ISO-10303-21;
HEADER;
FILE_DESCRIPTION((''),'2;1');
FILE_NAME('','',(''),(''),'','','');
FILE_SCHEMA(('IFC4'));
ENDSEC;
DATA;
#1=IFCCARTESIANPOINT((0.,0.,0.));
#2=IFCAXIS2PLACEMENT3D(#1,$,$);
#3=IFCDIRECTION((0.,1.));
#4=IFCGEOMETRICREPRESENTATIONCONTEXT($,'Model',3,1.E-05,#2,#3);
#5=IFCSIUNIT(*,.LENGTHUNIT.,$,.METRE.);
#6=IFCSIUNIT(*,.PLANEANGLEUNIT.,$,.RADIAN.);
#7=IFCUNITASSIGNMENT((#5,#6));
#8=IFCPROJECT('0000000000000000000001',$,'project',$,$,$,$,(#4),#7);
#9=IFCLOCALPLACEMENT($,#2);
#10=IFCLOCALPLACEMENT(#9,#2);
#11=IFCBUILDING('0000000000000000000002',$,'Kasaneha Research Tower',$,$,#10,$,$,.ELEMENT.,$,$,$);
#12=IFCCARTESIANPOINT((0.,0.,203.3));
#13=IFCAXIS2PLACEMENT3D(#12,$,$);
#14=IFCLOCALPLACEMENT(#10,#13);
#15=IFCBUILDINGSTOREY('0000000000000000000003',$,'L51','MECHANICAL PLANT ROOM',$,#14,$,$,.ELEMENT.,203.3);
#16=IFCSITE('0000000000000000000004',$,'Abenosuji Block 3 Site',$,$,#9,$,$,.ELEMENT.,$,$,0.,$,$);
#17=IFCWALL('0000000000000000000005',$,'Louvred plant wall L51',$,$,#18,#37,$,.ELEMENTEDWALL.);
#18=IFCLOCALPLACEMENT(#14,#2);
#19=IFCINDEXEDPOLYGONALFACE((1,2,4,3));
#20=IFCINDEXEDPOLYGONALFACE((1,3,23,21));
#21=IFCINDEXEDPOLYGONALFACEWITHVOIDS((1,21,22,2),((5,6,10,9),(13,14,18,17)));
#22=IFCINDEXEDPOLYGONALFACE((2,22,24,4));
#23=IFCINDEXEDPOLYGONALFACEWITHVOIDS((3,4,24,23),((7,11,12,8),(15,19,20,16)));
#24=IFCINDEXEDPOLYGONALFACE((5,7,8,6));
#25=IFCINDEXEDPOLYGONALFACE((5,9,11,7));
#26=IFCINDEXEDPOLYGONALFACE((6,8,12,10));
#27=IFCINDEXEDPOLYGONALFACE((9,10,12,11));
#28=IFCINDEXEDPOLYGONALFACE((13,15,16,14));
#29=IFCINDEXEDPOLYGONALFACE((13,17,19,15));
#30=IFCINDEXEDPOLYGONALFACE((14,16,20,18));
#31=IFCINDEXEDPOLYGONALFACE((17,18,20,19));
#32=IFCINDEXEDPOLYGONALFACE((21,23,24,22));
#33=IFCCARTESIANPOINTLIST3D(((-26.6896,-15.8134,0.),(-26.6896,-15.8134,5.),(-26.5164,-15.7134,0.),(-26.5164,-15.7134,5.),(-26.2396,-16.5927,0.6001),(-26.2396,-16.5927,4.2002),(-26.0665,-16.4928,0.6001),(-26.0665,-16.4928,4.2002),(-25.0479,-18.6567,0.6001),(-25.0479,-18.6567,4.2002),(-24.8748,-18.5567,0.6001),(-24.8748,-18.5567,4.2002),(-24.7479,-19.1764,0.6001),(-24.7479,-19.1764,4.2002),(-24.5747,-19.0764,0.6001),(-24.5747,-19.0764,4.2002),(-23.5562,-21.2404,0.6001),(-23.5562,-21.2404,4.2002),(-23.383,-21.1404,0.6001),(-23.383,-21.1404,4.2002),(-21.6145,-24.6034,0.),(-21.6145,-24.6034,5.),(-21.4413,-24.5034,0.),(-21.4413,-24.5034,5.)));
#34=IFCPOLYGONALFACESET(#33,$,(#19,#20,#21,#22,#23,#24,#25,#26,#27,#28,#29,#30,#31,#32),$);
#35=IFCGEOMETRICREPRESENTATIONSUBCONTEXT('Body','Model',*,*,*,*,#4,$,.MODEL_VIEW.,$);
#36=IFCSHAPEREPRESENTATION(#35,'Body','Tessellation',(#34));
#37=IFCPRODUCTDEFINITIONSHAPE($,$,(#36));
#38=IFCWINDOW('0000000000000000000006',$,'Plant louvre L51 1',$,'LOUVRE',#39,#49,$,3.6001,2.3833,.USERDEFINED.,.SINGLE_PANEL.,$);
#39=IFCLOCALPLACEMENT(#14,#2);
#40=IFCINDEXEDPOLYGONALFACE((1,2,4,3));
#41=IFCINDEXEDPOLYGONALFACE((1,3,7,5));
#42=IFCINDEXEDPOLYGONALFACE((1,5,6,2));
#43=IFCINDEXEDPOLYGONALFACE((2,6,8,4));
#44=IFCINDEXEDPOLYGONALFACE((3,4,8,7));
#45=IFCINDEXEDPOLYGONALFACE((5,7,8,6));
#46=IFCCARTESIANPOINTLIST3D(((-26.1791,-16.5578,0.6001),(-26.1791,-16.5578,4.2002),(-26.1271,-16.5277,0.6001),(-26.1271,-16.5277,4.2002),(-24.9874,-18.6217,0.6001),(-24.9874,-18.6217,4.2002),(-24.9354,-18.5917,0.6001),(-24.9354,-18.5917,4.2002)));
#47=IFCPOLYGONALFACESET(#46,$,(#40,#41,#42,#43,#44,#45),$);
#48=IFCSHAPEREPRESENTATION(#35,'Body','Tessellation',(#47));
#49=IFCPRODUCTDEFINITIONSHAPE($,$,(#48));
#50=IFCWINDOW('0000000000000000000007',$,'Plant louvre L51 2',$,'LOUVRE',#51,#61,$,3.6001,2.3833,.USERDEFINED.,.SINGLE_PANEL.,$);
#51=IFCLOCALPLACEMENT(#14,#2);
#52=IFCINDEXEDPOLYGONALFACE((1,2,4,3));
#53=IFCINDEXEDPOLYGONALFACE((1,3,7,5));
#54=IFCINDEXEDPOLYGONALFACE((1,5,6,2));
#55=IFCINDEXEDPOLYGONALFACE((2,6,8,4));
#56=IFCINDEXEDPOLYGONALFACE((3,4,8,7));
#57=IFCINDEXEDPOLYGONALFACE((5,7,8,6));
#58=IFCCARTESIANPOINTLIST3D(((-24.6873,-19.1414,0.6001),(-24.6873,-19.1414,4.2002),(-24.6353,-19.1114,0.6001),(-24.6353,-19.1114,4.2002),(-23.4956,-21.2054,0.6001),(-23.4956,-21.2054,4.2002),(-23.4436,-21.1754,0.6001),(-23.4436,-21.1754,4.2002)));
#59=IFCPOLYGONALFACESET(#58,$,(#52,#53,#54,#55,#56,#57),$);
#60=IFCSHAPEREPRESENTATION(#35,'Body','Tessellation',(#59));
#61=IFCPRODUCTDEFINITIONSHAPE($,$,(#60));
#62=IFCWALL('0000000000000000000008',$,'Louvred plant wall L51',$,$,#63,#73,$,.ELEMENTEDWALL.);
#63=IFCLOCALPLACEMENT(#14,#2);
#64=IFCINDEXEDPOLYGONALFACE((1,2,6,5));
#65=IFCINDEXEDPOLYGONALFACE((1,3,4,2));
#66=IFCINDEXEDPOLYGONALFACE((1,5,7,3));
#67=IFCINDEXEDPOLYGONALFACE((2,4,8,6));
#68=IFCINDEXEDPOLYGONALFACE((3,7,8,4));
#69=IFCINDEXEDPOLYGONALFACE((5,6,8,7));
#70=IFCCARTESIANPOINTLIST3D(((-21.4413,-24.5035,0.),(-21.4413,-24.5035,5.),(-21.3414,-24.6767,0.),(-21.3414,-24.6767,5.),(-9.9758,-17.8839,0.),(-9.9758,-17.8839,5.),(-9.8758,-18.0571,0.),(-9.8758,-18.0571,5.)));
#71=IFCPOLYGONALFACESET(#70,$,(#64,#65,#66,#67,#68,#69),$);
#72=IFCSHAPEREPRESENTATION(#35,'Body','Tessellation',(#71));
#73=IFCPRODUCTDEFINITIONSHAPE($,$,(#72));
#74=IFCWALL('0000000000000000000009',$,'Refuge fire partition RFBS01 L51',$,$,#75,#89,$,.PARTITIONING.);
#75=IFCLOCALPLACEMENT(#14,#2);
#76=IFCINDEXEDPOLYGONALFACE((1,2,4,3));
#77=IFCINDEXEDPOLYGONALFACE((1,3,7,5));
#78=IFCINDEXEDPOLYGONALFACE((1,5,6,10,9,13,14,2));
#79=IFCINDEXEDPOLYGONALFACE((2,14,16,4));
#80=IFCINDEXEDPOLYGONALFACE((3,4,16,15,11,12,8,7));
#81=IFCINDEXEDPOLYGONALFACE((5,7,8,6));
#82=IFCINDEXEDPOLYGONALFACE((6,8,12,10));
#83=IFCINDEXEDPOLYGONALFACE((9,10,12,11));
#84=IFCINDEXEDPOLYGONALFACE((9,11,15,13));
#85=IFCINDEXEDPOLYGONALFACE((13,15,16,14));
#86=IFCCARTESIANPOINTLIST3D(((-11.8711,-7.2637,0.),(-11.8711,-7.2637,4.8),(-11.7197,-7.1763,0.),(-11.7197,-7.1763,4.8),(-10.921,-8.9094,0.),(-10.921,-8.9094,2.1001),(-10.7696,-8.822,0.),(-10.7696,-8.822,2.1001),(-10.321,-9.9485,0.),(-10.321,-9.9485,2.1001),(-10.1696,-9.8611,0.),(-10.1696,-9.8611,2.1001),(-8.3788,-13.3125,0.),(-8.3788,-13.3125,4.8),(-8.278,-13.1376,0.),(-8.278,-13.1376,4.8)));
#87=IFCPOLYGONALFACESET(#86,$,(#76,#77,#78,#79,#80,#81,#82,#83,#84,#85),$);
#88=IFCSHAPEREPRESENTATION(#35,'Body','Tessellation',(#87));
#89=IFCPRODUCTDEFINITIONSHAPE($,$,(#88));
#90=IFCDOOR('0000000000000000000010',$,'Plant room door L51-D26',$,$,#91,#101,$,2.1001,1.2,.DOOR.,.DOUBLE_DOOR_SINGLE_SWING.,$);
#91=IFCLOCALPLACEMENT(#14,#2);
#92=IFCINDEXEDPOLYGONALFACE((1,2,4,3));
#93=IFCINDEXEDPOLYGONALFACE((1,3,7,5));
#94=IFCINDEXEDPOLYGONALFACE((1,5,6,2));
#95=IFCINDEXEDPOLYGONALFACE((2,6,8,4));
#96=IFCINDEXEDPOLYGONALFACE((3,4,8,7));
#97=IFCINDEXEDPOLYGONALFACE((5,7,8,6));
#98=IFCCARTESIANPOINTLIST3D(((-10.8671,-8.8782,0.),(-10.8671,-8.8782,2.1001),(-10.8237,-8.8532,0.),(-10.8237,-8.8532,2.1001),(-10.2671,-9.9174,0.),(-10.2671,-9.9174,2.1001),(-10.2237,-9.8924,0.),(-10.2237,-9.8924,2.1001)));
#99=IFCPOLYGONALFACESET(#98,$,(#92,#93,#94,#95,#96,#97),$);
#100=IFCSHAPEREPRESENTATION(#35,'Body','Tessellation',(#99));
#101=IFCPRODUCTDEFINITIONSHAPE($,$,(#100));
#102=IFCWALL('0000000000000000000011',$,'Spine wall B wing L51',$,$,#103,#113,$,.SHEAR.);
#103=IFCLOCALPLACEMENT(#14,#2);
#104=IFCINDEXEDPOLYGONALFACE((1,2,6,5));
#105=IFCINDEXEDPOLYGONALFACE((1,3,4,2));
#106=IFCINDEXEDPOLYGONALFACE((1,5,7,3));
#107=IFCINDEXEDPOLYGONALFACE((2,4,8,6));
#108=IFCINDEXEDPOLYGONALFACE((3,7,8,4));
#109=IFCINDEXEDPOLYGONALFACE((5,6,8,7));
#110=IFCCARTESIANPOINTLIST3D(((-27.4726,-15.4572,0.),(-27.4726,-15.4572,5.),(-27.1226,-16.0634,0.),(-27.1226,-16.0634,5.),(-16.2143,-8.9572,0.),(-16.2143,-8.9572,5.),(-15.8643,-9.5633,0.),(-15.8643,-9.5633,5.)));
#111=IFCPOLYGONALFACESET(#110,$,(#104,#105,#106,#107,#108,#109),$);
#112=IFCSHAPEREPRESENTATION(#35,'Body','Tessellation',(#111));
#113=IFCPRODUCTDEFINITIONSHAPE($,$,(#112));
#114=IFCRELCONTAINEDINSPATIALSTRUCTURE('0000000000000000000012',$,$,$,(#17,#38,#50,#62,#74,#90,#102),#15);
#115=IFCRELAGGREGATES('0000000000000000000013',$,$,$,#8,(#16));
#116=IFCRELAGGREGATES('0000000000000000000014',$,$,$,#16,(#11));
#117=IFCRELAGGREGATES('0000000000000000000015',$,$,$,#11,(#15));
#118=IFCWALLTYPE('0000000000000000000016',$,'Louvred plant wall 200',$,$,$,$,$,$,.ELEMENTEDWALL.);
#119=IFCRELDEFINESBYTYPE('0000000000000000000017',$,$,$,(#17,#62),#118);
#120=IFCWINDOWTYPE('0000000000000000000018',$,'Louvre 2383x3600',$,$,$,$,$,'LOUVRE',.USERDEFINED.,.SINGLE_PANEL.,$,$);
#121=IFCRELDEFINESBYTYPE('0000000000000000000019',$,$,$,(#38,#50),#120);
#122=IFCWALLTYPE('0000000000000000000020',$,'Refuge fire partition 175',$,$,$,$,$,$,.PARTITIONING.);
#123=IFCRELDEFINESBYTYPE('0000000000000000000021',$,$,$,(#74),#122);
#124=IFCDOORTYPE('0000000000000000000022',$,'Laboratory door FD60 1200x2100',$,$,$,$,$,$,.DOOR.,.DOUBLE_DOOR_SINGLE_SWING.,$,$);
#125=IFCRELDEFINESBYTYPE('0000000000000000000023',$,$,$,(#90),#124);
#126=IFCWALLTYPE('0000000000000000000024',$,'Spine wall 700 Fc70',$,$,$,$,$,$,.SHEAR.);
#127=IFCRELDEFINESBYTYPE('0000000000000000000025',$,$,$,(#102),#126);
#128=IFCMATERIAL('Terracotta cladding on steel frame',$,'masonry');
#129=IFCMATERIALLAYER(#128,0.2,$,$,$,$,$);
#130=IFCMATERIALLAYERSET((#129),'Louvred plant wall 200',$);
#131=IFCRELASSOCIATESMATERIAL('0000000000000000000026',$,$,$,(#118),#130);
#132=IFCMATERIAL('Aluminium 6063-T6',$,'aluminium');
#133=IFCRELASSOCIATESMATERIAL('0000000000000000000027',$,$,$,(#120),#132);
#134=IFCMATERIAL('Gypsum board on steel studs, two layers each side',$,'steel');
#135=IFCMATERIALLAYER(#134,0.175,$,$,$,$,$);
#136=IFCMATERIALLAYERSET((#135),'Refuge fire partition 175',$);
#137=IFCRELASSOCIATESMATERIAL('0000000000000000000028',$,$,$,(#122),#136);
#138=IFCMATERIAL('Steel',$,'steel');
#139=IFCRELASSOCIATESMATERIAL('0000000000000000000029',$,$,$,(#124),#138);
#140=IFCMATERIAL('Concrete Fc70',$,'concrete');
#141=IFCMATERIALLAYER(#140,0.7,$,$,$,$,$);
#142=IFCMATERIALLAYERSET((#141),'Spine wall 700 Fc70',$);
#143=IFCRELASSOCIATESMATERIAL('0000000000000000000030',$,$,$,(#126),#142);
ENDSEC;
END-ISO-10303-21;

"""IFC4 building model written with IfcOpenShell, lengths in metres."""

from ifc_helpers import new_model, si_unit, direction, frame, frame_2d, origin, place, context, subcontext, project, spatial, polyline, rectangle, outline, extrude, material, layer, layer_set, type_object, element, fill, save


model = new_model("IFC4")

# Units and contexts
model_context = context("Model", 3, precision=1e-05, world=origin(), true_north=direction((0.0, 1.0)))
body_context = subcontext(model_context, "Body", "Model", "MODEL_VIEW")
ifc_project = project(units=[si_unit("LENGTHUNIT", "METRE"), si_unit("PLANEANGLEUNIT", "RADIAN")], contexts=[model_context])

# Site, building, storey
site_placement = place(None, origin())
site = spatial("IfcSite", under=ifc_project, at=site_placement, Name="Abenosuji Block 3 Site", CompositionType="ELEMENT", RefElevation=0.0)
building_placement = place(site_placement, origin())
building = spatial("IfcBuilding", under=site, at=building_placement, Name="Kasaneha Research Tower", CompositionType="ELEMENT")
storey_placement = place(building_placement, frame((0.0, 0.0, 203.3)))
storey = spatial("IfcBuildingStorey", under=building, at=storey_placement, Name="L51", Description="MECHANICAL PLANT ROOM", CompositionType="ELEMENT", Elevation=203.3)

# Wall, openings, windows
ifc_material_1 = material(Name="Terracotta cladding on steel frame", Category="masonry")
ifc_layer_1 = layer(ifc_material_1, 0.2)
ifc_layer_set_1 = layer_set([ifc_layer_1], Name="Louvred plant wall 200")
wall_type_1 = type_object("IfcWallType", Name="Louvred plant wall 200", PredefinedType="ELEMENTEDWALL", material=ifc_layer_set_1)
ifc_material_2 = material(Name="Aluminium 6063-T6", Category="aluminium")
window_type = type_object("IfcWindowType", Name="Louvre 2383x3600", ElementType="LOUVRE", PartitioningType="SINGLE_PANEL", PredefinedType="USERDEFINED", material=ifc_material_2)
wall_1_placement = place(storey_placement, frame((-26.603, -15.7634, 0.0), z_axis=(0.0, 0.0, 1.0), x_axis=(0.500019, -0.866014, 0.0)))
wall_1 = element("IfcWall", 1, at=wall_1_placement, inside=storey, type_object=wall_type_1, Name="Louvred plant wall L51", PredefinedType="ELEMENTEDWALL", context=body_context, shape_type="SweptSolid", body=[
    extrude(rectangle(XDim=10.1499, YDim=0.2, at=frame_2d((5.075, 0.0))), origin(), (0.0, 0.0, 1.0), 5.0),
])
opening_1_placement = place(wall_1_placement, frame((0.8999, 0.0, 0.6001)))
opening_1 = element("IfcOpeningElement", 2, at=opening_1_placement, cuts=wall_1, PredefinedType="OPENING", context=body_context, shape_type="SweptSolid", body=[
    extrude(rectangle(XDim=2.3833, YDim=3.6001, at=frame_2d((1.1917, 1.8))), frame((0.0, 0.1099, 0.0), z_axis=(0.0, -1.0, 0.0), x_axis=(1.0, 0.0, 0.0)), (0.0, 0.0, 1.0), 0.22),
])
opening_2_placement = place(wall_1_placement, frame((3.8833, 0.0, 0.6001)))
opening_2 = element("IfcOpeningElement", 3, at=opening_2_placement, cuts=wall_1, PredefinedType="OPENING", context=body_context, shape_type="SweptSolid", body=[
    extrude(rectangle(XDim=2.3833, YDim=3.6001, at=frame_2d((1.1917, 1.8))), frame((0.0, 0.1099, 0.0), z_axis=(0.0, -1.0, 0.0), x_axis=(1.0, 0.0, 0.0)), (0.0, 0.0, 1.0), 0.22),
])
window_1_placement = place(opening_1_placement, origin())
window_1 = element("IfcWindow", 4, at=window_1_placement, inside=storey, type_object=window_type, Name="Plant louvre L51 1", ObjectType="LOUVRE", OverallHeight=3.6001, OverallWidth=2.3833, PartitioningType="SINGLE_PANEL", PredefinedType="USERDEFINED", context=body_context, shape_type="SweptSolid", body=[
    extrude(rectangle(XDim=2.3833, YDim=3.6001, at=frame_2d((1.1917, 1.8))), frame((0.0, 0.03, 0.0), z_axis=(0.0, -1.0, 0.0), x_axis=(1.0, 0.0, 0.0)), (0.0, 0.0, 1.0), 0.0601),
])
fill(opening_1, window_1)
window_2_placement = place(opening_2_placement, origin())
window_2 = element("IfcWindow", 5, at=window_2_placement, inside=storey, type_object=window_type, Name="Plant louvre L51 2", ObjectType="LOUVRE", OverallHeight=3.6001, OverallWidth=2.3833, PartitioningType="SINGLE_PANEL", PredefinedType="USERDEFINED", context=body_context, shape_type="SweptSolid", body=[
    extrude(rectangle(XDim=2.3833, YDim=3.6001, at=frame_2d((1.1917, 1.8))), frame((0.0, 0.03, 0.0), z_axis=(0.0, -1.0, 0.0), x_axis=(1.0, 0.0, 0.0)), (0.0, 0.0, 1.0), 0.0601),
])
fill(opening_2, window_2)

# Wall
wall_2_placement = place(storey_placement, frame((-21.3914, -24.5901, 0.0), z_axis=(0.0, 0.0, 1.0), x_axis=(0.866026, 0.499999, 0.0)))
element("IfcWall", 6, at=wall_2_placement, inside=storey, type_object=wall_type_1, Name="Louvred plant wall L51", PredefinedType="ELEMENTEDWALL", context=body_context, shape_type="SweptSolid", body=[
    extrude(rectangle(XDim=13.2393, YDim=0.2, at=frame_2d((6.6196, 0.0))), origin(), (0.0, 0.0, 1.0), 5.0),
])

# Wall, opening, door
ifc_material_3 = material(Name="Gypsum board on steel studs, two layers each side", Category="steel")
ifc_layer_2 = layer(ifc_material_3, 0.175)
ifc_layer_set_2 = layer_set([ifc_layer_2], Name="Refuge fire partition 175")
wall_type_2 = type_object("IfcWallType", Name="Refuge fire partition 175", PredefinedType="PARTITIONING", material=ifc_layer_set_2)
wall_3_placement = place(storey_placement, frame((-11.7954, -7.22, 0.0), z_axis=(0.0, 0.0, 1.0), x_axis=(0.499998, -0.866027, 0.0)))
wall_3 = element("IfcWall", 7, at=wall_3_placement, inside=storey, type_object=wall_type_2, Name="Refuge fire partition RFBS01 L51", PredefinedType="PARTITIONING", context=body_context, shape_type="SweptSolid", body=[
    extrude(outline(polyline([(0.0, -0.0874), (1.9001, -0.0874), (3.1001, -0.0874), (6.9846, -0.0874), (6.8835, 0.0874), (3.1001, 0.0874), (1.9001, 0.0874), (0.0, 0.0874), (0.0, -0.0874)])), origin(), (0.0, 0.0, 1.0), 4.8),
])
opening_3_placement = place(wall_3_placement, frame((1.9001, 0.0, 0.0)))
opening_3 = element("IfcOpeningElement", 8, at=opening_3_placement, cuts=wall_3, PredefinedType="OPENING", context=body_context, shape_type="SweptSolid", body=[
    extrude(rectangle(XDim=1.2, YDim=2.1001, at=frame_2d((0.6001, 1.05))), frame((0.0, 0.0977, 0.0), z_axis=(0.0, -1.0, 0.0), x_axis=(1.0, 0.0, 0.0)), (0.0, 0.0, 1.0), 0.1951),
])
ifc_material_4 = material(Name="Steel", Category="steel")
door_type = type_object("IfcDoorType", Name="Laboratory door FD60 1200x2100", OperationType="DOUBLE_DOOR_SINGLE_SWING", PredefinedType="DOOR", material=ifc_material_4)
door_placement = place(opening_3_placement, origin())
door = element("IfcDoor", 9, at=door_placement, inside=storey, type_object=door_type, Name="Plant room door L51-D26", OperationType="DOUBLE_DOOR_SINGLE_SWING", OverallHeight=2.1001, OverallWidth=1.2, PredefinedType="DOOR", context=body_context, shape_type="SweptSolid", body=[
    extrude(rectangle(XDim=1.2, YDim=2.1001, at=frame_2d((0.6001, 1.05))), frame((0.0, 0.0249, 0.0), z_axis=(0.0, -1.0, 0.0), x_axis=(1.0, 0.0, 0.0)), (0.0, 0.0, 1.0), 0.05),
])
fill(opening_3, door)

# Wall
ifc_material_5 = material(Name="Concrete Fc70", Category="concrete")
ifc_layer_3 = layer(ifc_material_5, 0.7)
ifc_layer_set_3 = layer_set([ifc_layer_3], Name="Spine wall 700 Fc70")
wall_type_3 = type_object("IfcWallType", Name="Spine wall 700 Fc70", PredefinedType="SHEAR", material=ifc_layer_set_3)
wall_4_placement = place(storey_placement, frame((-16.0393, -9.2603, 0.0), z_axis=(0.0, 0.0, 1.0), x_axis=(-0.866025, -0.500001, 0.0)))
element("IfcWall", 10, at=wall_4_placement, inside=storey, type_object=wall_type_3, Name="Spine wall B wing L51", PredefinedType="SHEAR", context=body_context, shape_type="SweptSolid", body=[
    extrude(rectangle(XDim=13.0, YDim=0.7, at=frame_2d((6.5, 0.0))), origin(), (0.0, 0.0, 1.0), 5.0),
])

save(model, "model.ifc")
